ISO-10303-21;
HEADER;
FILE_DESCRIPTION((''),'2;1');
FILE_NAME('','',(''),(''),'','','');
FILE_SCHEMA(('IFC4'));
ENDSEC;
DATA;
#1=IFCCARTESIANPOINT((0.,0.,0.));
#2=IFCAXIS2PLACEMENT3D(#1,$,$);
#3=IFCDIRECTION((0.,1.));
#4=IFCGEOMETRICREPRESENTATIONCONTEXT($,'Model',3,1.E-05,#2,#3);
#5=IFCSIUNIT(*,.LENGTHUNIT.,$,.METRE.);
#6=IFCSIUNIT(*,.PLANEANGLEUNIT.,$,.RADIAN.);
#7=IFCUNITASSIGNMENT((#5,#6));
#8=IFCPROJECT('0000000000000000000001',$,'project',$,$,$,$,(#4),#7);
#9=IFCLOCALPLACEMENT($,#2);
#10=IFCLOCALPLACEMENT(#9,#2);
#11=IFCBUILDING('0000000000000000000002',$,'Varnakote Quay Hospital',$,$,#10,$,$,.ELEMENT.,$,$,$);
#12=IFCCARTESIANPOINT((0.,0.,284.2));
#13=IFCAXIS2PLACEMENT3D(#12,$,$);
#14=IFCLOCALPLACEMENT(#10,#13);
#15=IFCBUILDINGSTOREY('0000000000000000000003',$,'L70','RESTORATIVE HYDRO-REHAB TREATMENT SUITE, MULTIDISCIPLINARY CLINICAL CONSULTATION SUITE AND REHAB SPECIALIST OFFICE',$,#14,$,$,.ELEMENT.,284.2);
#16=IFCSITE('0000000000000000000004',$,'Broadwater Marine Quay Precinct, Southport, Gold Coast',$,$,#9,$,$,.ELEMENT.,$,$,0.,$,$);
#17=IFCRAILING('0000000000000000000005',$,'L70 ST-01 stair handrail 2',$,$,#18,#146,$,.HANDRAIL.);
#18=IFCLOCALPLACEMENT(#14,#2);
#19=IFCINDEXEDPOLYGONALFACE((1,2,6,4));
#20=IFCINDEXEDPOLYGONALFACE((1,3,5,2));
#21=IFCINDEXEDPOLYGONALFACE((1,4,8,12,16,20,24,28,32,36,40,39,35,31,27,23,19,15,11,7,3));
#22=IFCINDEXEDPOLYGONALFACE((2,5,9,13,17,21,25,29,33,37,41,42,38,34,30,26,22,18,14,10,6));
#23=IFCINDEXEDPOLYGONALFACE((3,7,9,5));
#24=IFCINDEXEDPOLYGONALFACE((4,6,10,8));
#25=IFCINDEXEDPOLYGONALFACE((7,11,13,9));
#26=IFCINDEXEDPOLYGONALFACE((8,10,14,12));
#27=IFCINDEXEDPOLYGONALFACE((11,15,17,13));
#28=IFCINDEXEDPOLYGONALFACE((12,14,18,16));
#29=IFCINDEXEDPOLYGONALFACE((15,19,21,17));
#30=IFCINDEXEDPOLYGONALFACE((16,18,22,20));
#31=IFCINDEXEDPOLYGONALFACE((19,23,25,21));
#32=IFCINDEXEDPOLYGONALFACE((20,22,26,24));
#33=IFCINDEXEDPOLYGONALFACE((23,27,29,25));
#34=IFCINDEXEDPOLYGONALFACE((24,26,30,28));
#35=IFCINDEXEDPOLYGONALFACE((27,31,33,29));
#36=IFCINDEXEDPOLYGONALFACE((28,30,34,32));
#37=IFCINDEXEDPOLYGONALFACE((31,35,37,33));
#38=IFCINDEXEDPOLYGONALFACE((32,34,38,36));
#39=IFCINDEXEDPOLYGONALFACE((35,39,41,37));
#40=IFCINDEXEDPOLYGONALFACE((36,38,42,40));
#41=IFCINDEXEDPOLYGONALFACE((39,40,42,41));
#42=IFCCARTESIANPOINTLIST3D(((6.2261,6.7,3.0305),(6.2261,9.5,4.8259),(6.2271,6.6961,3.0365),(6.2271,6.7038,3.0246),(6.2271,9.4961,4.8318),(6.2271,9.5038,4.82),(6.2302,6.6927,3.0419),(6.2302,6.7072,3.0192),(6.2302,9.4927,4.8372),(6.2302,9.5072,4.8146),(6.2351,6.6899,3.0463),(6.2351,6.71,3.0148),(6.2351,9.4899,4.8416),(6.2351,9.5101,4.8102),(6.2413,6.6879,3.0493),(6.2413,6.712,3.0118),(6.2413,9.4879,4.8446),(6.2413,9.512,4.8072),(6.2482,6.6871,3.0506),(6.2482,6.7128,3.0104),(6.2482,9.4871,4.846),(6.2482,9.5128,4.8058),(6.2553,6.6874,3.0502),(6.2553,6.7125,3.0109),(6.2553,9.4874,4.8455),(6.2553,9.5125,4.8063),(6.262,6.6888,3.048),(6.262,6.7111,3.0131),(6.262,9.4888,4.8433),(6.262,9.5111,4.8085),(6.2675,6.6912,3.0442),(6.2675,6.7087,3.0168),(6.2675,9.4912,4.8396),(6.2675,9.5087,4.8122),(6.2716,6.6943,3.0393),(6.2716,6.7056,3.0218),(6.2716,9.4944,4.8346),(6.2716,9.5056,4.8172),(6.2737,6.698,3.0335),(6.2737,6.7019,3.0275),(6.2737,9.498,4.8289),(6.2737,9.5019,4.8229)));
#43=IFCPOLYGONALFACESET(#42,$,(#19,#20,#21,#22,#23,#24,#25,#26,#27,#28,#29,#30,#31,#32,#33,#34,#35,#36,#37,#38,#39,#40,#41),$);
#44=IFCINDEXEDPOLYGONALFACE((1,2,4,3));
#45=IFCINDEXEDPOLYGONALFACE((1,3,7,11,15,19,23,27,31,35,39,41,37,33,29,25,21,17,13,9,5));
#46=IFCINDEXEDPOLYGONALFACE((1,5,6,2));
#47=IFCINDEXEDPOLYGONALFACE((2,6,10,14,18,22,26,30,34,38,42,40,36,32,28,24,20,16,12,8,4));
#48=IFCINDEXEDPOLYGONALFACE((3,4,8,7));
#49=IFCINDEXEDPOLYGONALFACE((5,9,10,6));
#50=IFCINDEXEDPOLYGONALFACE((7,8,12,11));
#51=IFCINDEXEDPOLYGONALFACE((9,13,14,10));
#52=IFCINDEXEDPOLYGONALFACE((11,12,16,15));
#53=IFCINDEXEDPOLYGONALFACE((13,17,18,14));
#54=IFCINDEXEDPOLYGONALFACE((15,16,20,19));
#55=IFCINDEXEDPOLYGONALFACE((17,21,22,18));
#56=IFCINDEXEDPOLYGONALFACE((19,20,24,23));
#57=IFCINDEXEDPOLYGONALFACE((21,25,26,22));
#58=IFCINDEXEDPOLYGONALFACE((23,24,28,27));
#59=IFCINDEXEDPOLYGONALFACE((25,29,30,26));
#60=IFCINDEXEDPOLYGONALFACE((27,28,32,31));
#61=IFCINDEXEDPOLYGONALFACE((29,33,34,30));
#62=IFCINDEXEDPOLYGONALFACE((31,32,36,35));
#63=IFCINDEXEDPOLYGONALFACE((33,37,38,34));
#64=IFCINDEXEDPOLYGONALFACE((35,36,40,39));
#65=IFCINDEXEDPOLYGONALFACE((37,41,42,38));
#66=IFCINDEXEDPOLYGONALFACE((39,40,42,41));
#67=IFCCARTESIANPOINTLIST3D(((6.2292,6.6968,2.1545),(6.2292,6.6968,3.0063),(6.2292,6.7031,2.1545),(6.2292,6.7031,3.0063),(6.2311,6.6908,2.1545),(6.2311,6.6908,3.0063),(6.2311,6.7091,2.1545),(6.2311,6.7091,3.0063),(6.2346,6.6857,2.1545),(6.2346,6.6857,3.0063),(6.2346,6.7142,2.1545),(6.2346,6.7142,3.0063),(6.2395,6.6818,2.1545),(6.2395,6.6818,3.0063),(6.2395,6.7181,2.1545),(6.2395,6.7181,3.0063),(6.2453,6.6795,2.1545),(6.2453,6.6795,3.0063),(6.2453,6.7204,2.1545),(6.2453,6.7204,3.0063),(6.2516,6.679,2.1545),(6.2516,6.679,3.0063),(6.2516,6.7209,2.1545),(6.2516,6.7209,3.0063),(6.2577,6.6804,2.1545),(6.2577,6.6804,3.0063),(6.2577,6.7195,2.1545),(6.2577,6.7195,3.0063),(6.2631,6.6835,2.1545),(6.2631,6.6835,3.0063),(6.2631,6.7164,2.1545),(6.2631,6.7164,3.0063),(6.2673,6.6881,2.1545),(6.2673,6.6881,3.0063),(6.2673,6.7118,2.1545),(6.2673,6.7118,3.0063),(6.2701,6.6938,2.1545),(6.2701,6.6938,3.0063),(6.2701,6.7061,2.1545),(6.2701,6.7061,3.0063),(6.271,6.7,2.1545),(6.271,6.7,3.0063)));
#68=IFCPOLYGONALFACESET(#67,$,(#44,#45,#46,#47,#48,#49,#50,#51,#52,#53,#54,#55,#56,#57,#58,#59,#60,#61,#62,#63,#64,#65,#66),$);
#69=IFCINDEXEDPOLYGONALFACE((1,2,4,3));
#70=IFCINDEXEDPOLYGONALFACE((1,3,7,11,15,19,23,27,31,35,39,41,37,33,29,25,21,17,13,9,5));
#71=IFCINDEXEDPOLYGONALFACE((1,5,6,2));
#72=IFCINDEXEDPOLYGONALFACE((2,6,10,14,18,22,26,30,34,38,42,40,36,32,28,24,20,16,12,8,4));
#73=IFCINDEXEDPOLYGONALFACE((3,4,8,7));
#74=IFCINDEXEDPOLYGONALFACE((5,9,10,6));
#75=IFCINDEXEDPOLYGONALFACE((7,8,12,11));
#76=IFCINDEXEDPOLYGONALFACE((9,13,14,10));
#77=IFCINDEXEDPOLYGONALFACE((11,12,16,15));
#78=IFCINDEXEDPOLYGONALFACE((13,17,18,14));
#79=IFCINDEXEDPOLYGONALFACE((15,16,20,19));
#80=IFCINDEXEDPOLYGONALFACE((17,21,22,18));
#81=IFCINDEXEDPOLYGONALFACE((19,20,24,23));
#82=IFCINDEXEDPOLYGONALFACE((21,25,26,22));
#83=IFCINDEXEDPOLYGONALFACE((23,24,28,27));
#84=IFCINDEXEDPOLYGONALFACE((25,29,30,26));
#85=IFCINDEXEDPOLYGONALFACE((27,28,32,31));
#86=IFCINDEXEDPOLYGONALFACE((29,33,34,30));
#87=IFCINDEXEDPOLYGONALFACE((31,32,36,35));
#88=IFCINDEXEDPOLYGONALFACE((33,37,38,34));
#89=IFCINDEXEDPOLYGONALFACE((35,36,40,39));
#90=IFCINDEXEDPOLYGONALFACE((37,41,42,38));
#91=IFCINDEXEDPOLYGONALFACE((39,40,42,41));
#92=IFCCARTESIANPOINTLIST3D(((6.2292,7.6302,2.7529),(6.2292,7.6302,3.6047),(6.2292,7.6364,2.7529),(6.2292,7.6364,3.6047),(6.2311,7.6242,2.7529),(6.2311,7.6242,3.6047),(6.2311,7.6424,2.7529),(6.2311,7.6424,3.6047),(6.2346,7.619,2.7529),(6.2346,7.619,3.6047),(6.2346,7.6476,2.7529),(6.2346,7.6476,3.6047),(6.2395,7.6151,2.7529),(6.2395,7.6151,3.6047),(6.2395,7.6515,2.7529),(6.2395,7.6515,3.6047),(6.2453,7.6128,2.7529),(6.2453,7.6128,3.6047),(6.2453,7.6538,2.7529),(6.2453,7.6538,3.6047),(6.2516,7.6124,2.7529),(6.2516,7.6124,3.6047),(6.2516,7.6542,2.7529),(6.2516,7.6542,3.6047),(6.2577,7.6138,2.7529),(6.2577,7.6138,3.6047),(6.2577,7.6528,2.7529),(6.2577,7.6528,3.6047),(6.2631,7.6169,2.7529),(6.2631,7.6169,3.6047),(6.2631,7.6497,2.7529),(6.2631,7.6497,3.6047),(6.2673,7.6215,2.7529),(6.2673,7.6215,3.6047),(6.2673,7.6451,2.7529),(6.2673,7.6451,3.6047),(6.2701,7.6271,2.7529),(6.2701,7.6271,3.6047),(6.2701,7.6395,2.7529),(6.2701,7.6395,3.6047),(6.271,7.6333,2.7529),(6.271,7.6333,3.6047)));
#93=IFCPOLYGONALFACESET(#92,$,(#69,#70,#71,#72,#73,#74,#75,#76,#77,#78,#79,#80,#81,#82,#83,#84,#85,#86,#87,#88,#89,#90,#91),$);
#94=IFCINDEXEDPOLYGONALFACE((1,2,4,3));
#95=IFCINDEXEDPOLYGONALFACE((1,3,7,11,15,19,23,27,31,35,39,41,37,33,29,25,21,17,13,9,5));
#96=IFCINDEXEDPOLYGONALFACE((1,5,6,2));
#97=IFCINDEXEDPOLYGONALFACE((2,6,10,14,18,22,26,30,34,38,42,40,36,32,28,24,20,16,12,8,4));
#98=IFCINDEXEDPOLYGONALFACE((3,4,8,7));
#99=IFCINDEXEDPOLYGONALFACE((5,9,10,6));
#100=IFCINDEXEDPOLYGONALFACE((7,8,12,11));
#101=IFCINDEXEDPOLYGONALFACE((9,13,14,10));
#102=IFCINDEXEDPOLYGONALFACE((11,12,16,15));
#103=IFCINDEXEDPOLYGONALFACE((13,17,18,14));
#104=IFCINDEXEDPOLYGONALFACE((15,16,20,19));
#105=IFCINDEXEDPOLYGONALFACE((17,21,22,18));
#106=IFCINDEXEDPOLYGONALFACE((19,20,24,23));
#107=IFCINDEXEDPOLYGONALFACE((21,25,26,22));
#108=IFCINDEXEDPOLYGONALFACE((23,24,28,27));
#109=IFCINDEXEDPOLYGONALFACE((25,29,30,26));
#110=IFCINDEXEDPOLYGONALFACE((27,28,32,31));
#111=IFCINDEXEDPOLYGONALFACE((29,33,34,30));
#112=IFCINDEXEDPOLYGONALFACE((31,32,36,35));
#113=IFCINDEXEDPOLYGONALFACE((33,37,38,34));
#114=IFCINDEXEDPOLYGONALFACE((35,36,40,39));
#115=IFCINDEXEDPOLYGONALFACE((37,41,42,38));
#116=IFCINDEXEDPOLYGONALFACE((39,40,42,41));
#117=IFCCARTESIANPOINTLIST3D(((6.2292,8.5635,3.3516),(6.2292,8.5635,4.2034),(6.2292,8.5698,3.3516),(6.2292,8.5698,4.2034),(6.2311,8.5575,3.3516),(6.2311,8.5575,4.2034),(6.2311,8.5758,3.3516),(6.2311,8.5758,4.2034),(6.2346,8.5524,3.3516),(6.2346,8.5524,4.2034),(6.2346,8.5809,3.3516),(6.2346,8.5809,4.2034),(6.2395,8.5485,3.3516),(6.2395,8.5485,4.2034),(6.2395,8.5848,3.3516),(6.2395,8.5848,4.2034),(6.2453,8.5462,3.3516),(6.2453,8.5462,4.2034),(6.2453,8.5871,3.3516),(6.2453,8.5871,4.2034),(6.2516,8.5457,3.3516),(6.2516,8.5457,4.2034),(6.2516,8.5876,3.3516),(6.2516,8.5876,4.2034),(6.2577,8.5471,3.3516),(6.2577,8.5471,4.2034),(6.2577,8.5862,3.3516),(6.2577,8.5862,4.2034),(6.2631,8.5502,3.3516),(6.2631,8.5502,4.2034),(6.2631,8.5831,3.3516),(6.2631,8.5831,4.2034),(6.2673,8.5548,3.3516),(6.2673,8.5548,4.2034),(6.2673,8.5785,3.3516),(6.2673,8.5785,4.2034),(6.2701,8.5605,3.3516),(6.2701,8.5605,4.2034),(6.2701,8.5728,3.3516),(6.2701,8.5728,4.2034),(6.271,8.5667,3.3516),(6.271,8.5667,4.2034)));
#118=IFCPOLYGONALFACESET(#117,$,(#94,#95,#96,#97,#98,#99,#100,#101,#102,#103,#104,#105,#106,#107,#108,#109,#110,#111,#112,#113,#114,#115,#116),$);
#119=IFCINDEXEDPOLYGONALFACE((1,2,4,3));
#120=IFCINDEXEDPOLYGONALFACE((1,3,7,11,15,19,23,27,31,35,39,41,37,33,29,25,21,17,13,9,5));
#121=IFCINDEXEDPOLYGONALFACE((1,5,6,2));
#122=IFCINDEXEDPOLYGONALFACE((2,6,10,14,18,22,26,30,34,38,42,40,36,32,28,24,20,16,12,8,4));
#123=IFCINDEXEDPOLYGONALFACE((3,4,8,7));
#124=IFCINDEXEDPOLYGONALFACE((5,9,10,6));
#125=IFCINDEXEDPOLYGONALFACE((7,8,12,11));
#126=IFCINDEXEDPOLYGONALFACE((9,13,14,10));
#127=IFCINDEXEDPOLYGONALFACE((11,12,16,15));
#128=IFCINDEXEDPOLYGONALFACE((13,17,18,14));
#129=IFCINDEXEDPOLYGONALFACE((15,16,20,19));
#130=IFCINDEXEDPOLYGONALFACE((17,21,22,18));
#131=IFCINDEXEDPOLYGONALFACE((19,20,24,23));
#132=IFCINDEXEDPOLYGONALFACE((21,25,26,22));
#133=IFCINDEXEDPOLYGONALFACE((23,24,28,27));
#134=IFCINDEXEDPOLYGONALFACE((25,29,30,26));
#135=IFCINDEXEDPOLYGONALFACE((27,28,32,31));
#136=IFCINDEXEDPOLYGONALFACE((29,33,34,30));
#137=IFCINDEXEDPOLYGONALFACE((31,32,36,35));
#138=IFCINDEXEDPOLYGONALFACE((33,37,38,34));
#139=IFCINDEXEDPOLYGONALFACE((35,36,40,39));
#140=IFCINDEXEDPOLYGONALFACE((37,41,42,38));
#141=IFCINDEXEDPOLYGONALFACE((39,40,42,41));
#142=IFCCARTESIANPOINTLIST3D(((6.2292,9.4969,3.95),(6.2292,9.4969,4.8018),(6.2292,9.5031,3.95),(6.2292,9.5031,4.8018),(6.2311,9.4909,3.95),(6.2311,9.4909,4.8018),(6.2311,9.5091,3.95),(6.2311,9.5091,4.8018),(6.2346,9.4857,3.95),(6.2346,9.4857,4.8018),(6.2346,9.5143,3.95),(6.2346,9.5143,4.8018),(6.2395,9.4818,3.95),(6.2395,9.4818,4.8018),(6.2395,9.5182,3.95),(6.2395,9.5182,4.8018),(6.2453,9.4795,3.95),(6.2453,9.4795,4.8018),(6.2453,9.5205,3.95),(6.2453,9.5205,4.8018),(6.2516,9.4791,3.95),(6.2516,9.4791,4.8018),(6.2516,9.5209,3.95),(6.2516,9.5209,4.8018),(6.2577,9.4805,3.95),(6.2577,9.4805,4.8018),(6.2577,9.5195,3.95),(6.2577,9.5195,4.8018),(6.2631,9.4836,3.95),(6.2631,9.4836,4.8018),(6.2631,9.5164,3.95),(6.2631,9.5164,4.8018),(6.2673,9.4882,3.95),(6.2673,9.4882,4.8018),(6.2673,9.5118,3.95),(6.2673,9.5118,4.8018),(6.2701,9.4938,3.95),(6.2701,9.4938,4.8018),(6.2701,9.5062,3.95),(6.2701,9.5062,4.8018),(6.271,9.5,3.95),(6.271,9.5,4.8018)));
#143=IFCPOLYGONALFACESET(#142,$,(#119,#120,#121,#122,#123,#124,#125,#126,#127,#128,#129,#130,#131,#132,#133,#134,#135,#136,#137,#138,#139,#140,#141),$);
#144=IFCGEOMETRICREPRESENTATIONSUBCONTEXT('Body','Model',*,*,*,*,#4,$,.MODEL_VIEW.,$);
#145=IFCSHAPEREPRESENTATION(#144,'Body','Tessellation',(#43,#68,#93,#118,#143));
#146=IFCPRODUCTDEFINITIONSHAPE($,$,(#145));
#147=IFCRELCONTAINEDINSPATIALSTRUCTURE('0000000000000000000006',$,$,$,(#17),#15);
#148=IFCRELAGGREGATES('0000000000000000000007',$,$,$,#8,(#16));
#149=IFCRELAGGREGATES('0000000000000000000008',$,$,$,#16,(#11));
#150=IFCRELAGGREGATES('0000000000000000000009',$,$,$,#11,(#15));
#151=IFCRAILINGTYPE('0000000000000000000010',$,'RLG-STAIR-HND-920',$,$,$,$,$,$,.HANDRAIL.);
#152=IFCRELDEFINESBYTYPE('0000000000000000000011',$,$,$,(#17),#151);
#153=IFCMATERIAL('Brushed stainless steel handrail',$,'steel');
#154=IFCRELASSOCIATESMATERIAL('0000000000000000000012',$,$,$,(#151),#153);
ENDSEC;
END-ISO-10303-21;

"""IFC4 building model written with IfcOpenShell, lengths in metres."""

from ifc_helpers import new_model, si_unit, direction, frame, origin, origin_2d, place, context, subcontext, project, spatial, circle, extrude, material, type_object, element, save


model = new_model("IFC4")

# Units and contexts
model_context = context("Model", 3, precision=1e-05, world=origin(), true_north=direction((0.0, 1.0)))
body_context = subcontext(model_context, "Body", "Model", "MODEL_VIEW")
ifc_project = project(units=[si_unit("LENGTHUNIT", "METRE"), si_unit("PLANEANGLEUNIT", "RADIAN")], contexts=[model_context])

# Site, building, storey
site_placement = place(None, origin())
site = spatial("IfcSite", under=ifc_project, at=site_placement, Name="Broadwater Marine Quay Precinct, Southport, Gold Coast", CompositionType="ELEMENT", RefElevation=0.0)
building_placement = place(site_placement, origin())
building = spatial("IfcBuilding", under=site, at=building_placement, Name="Varnakote Quay Hospital", CompositionType="ELEMENT")
storey_placement = place(building_placement, frame((0.0, 0.0, 284.2)))
storey = spatial("IfcBuildingStorey", under=building, at=storey_placement, Name="L70", Description="RESTORATIVE HYDRO-REHAB TREATMENT SUITE, MULTIDISCIPLINARY CLINICAL CONSULTATION SUITE AND REHAB SPECIALIST OFFICE", CompositionType="ELEMENT", Elevation=284.2)

# Railing
ifc_material_1 = material(Name="Brushed stainless steel handrail", Category="steel")
railing_type_1 = type_object("IfcRailingType", Name="RLG-STAIR-HND-920", PredefinedType="HANDRAIL", material=ifc_material_1)
railing_1_placement = place(storey_placement, frame((6.25, 6.7, 2.1545)))
element("IfcRailing", 1, at=railing_1_placement, inside=storey, type_object=railing_type_1, Name="L70 ST-01 stair handrail 2", PredefinedType="HANDRAIL", context=body_context, shape_type="SweptSolid", body=[
    extrude(circle(Radius=0.0239, at=origin_2d()), frame((0.0, 0.0, 0.876), z_axis=(0.0, 0.84181, 0.539774), x_axis=(-1.0, 0.0, 0.0)), (0.0, 0.0, 1.0), 3.3262),
    extrude(circle(Radius=0.021, at=origin_2d()), origin(), (0.0, 0.0, 1.0), 0.8518),
    extrude(circle(Radius=0.021, at=origin_2d()), frame((0.0, 0.9333, 0.5984)), (0.0, 0.0, 1.0), 0.8518),
    extrude(circle(Radius=0.021, at=origin_2d()), frame((0.0, 1.8667, 1.197)), (0.0, 0.0, 1.0), 0.8518),
    extrude(circle(Radius=0.021, at=origin_2d()), frame((0.0, 2.8, 1.7954)), (0.0, 0.0, 1.0), 0.8518),
])

save(model, "model.ifc")
